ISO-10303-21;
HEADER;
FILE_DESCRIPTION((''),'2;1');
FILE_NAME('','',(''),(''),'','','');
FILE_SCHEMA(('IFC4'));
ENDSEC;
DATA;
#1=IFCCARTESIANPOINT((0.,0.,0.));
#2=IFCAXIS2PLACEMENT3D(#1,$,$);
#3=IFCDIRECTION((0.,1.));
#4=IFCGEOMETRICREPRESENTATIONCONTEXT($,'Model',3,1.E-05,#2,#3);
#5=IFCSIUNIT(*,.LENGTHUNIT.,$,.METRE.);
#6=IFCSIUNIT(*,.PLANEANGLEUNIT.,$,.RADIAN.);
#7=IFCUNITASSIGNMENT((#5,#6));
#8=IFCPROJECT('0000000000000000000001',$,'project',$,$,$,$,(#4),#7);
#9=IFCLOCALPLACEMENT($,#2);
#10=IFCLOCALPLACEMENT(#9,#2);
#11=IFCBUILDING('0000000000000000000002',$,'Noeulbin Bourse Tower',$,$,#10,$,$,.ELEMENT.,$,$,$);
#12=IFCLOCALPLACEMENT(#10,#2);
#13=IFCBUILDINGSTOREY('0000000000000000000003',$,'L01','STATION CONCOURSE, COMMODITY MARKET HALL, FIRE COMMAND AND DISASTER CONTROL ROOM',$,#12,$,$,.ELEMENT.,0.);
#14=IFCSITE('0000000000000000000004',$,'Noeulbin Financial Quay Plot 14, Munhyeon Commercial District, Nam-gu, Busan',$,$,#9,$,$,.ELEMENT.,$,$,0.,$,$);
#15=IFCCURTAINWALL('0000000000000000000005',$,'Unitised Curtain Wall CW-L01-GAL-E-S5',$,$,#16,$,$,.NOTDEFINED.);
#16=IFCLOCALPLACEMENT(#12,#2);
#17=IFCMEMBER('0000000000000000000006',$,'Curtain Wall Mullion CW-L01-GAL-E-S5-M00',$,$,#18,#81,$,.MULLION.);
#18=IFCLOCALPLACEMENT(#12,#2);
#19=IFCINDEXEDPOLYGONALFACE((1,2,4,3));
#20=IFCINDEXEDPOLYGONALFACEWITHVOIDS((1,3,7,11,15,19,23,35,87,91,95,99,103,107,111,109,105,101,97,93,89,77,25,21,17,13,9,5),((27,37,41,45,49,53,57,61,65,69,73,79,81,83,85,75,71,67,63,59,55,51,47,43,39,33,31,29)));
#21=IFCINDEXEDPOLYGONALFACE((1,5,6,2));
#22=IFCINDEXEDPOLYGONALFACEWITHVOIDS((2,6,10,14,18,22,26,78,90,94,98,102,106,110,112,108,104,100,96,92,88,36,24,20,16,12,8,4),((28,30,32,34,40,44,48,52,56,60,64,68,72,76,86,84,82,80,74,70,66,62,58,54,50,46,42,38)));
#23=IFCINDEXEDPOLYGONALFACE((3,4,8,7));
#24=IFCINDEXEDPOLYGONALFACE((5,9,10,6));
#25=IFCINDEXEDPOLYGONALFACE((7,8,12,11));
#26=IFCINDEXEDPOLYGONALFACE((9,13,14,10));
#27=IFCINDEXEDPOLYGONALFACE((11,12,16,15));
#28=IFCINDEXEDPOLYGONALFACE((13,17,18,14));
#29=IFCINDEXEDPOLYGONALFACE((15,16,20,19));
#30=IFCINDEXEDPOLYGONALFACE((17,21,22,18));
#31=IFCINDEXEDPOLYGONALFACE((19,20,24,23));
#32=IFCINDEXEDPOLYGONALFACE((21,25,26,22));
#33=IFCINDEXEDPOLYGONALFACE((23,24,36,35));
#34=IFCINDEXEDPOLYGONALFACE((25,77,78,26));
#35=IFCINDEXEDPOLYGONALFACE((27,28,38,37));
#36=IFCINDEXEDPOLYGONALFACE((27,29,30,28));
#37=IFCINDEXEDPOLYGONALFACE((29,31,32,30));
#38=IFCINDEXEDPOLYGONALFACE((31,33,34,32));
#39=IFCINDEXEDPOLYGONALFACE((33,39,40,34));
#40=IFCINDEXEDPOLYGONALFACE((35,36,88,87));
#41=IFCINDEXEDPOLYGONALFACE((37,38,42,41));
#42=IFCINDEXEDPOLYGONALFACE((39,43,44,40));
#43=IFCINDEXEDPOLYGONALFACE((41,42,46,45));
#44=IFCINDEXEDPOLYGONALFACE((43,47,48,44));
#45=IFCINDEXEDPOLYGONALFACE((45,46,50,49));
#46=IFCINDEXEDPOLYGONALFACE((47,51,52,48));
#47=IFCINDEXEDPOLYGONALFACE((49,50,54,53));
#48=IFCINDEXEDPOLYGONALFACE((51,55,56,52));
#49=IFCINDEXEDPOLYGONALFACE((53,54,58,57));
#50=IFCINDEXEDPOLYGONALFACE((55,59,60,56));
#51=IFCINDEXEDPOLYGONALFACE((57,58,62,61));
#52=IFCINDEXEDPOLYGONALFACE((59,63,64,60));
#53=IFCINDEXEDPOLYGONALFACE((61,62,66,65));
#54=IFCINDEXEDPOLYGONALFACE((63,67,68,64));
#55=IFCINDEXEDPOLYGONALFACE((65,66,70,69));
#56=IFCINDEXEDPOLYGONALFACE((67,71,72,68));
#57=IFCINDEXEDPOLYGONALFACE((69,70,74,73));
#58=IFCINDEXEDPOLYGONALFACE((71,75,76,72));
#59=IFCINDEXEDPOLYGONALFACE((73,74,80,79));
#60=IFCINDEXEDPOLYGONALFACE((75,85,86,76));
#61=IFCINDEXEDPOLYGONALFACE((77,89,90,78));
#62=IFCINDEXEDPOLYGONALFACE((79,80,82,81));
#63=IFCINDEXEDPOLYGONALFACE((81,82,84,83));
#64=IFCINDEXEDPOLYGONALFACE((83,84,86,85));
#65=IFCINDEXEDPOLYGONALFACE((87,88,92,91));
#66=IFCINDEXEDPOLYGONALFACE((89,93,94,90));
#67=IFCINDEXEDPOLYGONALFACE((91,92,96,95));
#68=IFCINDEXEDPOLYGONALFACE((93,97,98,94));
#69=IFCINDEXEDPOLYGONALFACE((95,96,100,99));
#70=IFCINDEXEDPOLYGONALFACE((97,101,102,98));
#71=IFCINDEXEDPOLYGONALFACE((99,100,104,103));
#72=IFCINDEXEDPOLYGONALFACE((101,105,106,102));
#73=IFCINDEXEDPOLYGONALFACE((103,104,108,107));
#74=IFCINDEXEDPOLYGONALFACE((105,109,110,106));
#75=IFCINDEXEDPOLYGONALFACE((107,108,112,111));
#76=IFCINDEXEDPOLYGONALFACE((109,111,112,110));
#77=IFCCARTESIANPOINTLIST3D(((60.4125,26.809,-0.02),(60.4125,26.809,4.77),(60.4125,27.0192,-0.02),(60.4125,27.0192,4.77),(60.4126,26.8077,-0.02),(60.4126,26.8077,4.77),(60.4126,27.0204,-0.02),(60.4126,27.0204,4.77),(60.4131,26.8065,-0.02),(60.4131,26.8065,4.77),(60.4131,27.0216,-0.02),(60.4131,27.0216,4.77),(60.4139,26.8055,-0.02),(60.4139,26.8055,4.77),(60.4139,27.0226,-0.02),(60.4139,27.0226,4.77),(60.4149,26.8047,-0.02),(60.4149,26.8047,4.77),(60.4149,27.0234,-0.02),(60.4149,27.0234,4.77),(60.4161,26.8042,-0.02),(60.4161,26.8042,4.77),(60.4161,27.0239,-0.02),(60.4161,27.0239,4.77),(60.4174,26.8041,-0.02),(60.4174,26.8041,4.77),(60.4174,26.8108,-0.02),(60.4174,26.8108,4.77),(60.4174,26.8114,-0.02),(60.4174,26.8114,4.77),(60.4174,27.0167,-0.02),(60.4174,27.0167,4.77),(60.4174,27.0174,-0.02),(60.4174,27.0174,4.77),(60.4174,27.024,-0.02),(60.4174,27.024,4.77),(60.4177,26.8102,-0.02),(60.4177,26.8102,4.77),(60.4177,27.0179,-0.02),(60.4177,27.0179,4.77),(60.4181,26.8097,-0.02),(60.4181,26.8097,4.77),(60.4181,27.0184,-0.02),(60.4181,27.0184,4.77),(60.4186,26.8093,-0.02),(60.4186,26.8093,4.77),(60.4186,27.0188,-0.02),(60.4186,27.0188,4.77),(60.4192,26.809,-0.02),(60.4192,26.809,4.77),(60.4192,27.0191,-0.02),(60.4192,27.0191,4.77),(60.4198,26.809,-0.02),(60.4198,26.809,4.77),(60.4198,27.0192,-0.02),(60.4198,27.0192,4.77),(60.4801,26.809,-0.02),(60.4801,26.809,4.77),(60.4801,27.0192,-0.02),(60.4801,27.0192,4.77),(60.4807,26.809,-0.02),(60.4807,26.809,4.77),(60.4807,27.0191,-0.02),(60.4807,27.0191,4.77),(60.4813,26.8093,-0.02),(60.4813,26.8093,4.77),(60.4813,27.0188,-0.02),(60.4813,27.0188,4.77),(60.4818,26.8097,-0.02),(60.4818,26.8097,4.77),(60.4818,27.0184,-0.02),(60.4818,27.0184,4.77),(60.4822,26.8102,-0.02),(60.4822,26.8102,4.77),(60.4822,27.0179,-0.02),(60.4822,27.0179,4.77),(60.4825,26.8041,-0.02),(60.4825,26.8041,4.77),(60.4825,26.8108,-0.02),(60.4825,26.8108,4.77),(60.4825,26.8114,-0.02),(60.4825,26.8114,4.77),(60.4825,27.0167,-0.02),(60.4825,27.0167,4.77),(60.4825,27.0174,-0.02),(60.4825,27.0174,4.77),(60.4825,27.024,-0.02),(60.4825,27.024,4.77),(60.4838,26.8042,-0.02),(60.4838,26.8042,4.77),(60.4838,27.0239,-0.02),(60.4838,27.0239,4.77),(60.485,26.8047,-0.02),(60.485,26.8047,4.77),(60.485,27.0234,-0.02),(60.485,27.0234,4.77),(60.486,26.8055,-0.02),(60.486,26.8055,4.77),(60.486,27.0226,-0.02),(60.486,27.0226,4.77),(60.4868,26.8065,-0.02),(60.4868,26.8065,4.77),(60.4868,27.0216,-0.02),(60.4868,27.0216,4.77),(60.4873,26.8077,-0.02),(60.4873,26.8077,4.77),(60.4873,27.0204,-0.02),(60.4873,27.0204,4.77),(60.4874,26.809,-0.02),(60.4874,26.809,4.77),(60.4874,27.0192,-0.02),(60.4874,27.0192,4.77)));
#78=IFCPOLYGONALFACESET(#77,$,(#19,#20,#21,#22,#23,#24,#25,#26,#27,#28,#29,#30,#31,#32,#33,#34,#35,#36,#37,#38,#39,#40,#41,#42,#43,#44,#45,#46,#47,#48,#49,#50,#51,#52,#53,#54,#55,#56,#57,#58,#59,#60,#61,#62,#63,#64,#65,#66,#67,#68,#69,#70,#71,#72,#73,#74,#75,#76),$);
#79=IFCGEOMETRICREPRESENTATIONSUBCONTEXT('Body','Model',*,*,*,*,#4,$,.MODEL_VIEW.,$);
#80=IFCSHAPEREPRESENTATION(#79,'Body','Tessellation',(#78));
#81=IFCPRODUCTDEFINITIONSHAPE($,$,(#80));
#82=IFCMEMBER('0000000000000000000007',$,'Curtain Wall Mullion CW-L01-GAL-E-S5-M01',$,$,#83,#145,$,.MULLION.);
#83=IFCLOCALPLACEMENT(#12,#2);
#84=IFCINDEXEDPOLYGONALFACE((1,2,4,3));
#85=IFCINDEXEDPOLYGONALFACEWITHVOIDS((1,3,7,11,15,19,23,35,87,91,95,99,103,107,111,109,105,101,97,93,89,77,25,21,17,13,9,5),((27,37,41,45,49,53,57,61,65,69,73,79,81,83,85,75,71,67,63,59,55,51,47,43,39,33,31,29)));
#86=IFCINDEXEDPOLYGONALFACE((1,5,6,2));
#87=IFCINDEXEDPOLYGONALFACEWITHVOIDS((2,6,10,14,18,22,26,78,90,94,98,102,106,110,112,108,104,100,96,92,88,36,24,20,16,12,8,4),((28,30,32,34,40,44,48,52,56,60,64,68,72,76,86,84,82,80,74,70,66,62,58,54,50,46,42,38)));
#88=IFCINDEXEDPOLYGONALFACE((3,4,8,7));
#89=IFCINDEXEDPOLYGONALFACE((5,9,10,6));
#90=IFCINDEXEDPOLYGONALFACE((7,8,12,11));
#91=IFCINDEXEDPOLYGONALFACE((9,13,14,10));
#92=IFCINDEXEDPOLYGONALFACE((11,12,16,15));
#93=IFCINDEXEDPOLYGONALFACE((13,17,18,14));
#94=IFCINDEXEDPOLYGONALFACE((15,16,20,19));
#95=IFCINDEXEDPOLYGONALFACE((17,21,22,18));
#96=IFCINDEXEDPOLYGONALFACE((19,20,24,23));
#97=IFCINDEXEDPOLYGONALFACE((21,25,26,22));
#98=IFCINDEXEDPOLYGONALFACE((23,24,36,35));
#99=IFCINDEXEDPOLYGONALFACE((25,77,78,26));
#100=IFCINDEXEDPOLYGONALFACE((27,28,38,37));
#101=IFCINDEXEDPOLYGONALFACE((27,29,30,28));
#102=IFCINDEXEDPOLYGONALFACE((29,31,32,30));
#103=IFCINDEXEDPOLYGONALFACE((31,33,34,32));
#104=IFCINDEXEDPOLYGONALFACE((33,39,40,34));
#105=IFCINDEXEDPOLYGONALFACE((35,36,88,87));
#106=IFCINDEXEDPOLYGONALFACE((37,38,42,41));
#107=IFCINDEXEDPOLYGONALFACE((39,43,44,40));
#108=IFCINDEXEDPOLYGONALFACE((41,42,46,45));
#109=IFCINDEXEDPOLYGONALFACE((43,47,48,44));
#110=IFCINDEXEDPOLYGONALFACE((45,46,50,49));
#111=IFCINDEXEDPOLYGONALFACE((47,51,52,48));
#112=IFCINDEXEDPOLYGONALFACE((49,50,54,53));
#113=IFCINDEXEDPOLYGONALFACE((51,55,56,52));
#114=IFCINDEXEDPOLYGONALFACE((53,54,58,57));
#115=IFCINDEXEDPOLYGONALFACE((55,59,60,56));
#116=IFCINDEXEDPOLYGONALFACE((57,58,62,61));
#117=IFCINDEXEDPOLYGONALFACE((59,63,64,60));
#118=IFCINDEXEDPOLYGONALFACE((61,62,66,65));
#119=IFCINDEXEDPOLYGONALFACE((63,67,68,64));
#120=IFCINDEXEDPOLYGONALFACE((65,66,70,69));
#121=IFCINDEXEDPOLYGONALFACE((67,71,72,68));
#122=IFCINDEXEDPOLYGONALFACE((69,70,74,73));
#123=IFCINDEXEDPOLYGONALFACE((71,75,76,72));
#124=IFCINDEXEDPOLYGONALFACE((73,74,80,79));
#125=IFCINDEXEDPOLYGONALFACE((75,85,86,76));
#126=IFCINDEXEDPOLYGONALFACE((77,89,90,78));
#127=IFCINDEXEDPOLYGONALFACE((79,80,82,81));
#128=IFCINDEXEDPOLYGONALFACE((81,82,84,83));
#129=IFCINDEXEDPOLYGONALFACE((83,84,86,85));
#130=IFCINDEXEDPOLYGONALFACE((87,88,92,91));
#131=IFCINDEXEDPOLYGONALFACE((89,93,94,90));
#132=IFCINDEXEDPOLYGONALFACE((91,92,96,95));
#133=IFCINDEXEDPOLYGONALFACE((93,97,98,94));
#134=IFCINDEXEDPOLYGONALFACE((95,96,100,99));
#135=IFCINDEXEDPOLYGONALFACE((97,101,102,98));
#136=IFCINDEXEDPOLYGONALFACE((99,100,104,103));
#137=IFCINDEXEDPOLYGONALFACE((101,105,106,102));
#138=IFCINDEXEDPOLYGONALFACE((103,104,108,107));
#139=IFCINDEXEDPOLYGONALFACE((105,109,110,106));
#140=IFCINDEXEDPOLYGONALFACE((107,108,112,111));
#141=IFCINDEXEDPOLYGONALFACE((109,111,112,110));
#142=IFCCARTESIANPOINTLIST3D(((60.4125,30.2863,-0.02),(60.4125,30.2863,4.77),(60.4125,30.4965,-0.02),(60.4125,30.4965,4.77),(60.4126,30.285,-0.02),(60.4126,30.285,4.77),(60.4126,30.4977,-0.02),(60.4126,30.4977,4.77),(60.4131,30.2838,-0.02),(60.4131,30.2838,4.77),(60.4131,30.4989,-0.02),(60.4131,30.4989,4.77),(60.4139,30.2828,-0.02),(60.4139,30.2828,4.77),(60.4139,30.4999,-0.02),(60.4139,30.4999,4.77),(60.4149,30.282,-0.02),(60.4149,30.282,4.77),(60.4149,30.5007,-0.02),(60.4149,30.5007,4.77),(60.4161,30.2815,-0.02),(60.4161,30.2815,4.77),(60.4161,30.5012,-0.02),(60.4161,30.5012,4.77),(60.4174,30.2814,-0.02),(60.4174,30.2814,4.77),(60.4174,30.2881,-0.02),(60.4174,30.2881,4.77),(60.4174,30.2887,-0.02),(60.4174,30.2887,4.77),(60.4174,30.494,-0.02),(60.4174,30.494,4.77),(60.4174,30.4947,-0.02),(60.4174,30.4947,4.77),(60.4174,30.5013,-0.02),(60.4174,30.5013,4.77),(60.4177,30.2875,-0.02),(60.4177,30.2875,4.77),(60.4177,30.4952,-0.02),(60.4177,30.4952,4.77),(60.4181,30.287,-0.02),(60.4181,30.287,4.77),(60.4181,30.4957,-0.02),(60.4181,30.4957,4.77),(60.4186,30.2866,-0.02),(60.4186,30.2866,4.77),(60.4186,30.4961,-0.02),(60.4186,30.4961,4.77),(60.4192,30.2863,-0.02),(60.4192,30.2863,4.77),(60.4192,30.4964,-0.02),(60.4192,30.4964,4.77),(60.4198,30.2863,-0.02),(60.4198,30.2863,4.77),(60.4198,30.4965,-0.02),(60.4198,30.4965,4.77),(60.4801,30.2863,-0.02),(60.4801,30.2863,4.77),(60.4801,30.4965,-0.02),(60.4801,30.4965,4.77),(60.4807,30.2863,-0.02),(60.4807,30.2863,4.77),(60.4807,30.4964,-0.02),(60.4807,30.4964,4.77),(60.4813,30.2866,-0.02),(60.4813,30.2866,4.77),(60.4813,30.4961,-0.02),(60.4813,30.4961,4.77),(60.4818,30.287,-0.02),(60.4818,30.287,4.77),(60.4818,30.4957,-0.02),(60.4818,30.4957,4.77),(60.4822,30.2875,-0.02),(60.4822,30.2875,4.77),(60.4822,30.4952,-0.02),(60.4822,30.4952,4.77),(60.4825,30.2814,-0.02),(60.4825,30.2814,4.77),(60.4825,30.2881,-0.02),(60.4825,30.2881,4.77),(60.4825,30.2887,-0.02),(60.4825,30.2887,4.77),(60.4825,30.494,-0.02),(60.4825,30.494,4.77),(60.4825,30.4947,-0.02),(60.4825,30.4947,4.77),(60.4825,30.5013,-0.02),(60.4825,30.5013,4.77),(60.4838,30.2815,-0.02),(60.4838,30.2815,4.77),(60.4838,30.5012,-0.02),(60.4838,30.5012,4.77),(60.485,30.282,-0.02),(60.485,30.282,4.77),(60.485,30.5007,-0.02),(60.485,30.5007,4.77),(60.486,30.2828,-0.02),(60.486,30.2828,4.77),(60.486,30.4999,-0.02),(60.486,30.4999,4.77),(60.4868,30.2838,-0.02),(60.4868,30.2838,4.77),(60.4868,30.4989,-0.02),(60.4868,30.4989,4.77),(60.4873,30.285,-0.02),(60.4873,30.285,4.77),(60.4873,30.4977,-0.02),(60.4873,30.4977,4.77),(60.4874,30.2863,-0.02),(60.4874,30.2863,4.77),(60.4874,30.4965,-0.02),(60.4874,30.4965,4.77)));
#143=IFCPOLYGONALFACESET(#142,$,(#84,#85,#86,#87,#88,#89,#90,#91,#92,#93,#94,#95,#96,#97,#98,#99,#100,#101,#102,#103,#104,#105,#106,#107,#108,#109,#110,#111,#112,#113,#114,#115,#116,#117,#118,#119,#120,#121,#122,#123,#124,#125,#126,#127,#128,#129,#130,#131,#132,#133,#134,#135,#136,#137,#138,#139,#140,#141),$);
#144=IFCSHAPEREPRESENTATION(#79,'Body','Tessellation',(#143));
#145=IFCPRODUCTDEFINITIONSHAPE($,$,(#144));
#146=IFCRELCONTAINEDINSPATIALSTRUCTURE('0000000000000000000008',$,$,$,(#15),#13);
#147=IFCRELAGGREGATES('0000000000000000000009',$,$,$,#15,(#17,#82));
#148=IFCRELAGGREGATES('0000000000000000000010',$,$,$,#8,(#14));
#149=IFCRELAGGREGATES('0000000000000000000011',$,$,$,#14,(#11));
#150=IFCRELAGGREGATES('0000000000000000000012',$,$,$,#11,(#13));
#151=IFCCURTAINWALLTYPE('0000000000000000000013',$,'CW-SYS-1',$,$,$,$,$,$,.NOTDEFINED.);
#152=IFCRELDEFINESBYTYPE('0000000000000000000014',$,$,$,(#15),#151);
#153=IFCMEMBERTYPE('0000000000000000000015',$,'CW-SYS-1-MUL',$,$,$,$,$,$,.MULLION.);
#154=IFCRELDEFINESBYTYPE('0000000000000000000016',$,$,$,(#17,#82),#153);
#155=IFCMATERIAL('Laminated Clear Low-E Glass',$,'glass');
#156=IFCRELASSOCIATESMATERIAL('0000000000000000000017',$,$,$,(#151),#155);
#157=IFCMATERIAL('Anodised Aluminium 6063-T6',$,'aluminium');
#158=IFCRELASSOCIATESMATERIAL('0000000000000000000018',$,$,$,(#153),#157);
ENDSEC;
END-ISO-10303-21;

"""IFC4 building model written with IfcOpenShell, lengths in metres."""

from ifc_helpers import new_model, si_unit, direction, frame, origin, origin_2d, place, context, subcontext, project, spatial, hollow_rectangle, extrude, material, material_profile, profile_set, type_object, element, aggregate, save


model = new_model("IFC4")

# Units and contexts
model_context = context("Model", 3, precision=1e-05, world=origin(), true_north=direction((0.0, 1.0)))
body_context = subcontext(model_context, "Body", "Model", "MODEL_VIEW")
ifc_project = project(units=[si_unit("LENGTHUNIT", "METRE"), si_unit("PLANEANGLEUNIT", "RADIAN")], contexts=[model_context])

# Site, building, storey
site_placement = place(None, origin())
site = spatial("IfcSite", under=ifc_project, at=site_placement, Name="Noeulbin Financial Quay Plot 14, Munhyeon Commercial District, Nam-gu, Busan", CompositionType="ELEMENT", RefElevation=0.0)
building_placement = place(site_placement, origin())
building = spatial("IfcBuilding", under=site, at=building_placement, Name="Noeulbin Bourse Tower", CompositionType="ELEMENT")
storey_placement = place(building_placement, origin())
storey = spatial("IfcBuildingStorey", under=building, at=storey_placement, Name="L01", Description="STATION CONCOURSE, COMMODITY MARKET HALL, FIRE COMMAND AND DISASTER CONTROL ROOM", CompositionType="ELEMENT", Elevation=0.0)

# Curtain wall, members
ifc_material_1 = material(Name="Laminated Clear Low-E Glass", Category="glass")
curtain_wall_type = type_object("IfcCurtainWallType", Name="CW-SYS-1", PredefinedType="NOTDEFINED", material=ifc_material_1)
ifc_material_2 = material(Name="Anodised Aluminium 6063-T6", Category="aluminium")
ifc_material_profile_1 = material_profile(ifc_material_2, hollow_rectangle(XDim=0.075, YDim=0.22, WallThickness=0.0049, InnerFilletRadius=0.0024, OuterFilletRadius=0.0049, at=origin_2d()), Name="ALU-MULL-75x220x5", Category="LoadBearing")
ifc_profile_set_1 = profile_set([ifc_material_profile_1], Name="Anodised Aluminium 6063-T6")
member_type_1 = type_object("IfcMemberType", Name="CW-SYS-1-MUL", PredefinedType="MULLION", material=ifc_profile_set_1)
curtain_wall_1_placement = place(storey_placement, origin())
curtain_wall_1 = element("IfcCurtainWall", 1, at=curtain_wall_1_placement, inside=storey, type_object=curtain_wall_type, Name="Unitised Curtain Wall CW-L01-GAL-E-S5", PredefinedType="NOTDEFINED")
member_1_placement = place(storey_placement, frame((60.45, 26.9141, -0.02), z_axis=(0.0, 0.0, 1.0), x_axis=(1.0, 0.0, 0.0)))
member_1 = element("IfcMember", 2, at=member_1_placement, type_object=member_type_1, Name="Curtain Wall Mullion CW-L01-GAL-E-S5-M00", PredefinedType="MULLION", context=body_context, shape_type="SweptSolid", body=[
    extrude(hollow_rectangle(XDim=0.075, YDim=0.22, WallThickness=0.0049, InnerFilletRadius=0.0024, OuterFilletRadius=0.0049, at=origin_2d()), origin(), (0.0, 0.0, 1.0), 4.79),
])
member_2_placement = place(storey_placement, frame((60.45, 30.3914, -0.02), z_axis=(0.0, 0.0, 1.0), x_axis=(1.0, 0.0, 0.0)))
member_2 = element("IfcMember", 3, at=member_2_placement, type_object=member_type_1, Name="Curtain Wall Mullion CW-L01-GAL-E-S5-M01", PredefinedType="MULLION", context=body_context, shape_type="SweptSolid", body=[
    extrude(hollow_rectangle(XDim=0.075, YDim=0.22, WallThickness=0.0049, InnerFilletRadius=0.0024, OuterFilletRadius=0.0049, at=origin_2d()), origin(), (0.0, 0.0, 1.0), 4.79),
])

aggregate(curtain_wall_1, [member_1, member_2])

save(model, "model.ifc")
